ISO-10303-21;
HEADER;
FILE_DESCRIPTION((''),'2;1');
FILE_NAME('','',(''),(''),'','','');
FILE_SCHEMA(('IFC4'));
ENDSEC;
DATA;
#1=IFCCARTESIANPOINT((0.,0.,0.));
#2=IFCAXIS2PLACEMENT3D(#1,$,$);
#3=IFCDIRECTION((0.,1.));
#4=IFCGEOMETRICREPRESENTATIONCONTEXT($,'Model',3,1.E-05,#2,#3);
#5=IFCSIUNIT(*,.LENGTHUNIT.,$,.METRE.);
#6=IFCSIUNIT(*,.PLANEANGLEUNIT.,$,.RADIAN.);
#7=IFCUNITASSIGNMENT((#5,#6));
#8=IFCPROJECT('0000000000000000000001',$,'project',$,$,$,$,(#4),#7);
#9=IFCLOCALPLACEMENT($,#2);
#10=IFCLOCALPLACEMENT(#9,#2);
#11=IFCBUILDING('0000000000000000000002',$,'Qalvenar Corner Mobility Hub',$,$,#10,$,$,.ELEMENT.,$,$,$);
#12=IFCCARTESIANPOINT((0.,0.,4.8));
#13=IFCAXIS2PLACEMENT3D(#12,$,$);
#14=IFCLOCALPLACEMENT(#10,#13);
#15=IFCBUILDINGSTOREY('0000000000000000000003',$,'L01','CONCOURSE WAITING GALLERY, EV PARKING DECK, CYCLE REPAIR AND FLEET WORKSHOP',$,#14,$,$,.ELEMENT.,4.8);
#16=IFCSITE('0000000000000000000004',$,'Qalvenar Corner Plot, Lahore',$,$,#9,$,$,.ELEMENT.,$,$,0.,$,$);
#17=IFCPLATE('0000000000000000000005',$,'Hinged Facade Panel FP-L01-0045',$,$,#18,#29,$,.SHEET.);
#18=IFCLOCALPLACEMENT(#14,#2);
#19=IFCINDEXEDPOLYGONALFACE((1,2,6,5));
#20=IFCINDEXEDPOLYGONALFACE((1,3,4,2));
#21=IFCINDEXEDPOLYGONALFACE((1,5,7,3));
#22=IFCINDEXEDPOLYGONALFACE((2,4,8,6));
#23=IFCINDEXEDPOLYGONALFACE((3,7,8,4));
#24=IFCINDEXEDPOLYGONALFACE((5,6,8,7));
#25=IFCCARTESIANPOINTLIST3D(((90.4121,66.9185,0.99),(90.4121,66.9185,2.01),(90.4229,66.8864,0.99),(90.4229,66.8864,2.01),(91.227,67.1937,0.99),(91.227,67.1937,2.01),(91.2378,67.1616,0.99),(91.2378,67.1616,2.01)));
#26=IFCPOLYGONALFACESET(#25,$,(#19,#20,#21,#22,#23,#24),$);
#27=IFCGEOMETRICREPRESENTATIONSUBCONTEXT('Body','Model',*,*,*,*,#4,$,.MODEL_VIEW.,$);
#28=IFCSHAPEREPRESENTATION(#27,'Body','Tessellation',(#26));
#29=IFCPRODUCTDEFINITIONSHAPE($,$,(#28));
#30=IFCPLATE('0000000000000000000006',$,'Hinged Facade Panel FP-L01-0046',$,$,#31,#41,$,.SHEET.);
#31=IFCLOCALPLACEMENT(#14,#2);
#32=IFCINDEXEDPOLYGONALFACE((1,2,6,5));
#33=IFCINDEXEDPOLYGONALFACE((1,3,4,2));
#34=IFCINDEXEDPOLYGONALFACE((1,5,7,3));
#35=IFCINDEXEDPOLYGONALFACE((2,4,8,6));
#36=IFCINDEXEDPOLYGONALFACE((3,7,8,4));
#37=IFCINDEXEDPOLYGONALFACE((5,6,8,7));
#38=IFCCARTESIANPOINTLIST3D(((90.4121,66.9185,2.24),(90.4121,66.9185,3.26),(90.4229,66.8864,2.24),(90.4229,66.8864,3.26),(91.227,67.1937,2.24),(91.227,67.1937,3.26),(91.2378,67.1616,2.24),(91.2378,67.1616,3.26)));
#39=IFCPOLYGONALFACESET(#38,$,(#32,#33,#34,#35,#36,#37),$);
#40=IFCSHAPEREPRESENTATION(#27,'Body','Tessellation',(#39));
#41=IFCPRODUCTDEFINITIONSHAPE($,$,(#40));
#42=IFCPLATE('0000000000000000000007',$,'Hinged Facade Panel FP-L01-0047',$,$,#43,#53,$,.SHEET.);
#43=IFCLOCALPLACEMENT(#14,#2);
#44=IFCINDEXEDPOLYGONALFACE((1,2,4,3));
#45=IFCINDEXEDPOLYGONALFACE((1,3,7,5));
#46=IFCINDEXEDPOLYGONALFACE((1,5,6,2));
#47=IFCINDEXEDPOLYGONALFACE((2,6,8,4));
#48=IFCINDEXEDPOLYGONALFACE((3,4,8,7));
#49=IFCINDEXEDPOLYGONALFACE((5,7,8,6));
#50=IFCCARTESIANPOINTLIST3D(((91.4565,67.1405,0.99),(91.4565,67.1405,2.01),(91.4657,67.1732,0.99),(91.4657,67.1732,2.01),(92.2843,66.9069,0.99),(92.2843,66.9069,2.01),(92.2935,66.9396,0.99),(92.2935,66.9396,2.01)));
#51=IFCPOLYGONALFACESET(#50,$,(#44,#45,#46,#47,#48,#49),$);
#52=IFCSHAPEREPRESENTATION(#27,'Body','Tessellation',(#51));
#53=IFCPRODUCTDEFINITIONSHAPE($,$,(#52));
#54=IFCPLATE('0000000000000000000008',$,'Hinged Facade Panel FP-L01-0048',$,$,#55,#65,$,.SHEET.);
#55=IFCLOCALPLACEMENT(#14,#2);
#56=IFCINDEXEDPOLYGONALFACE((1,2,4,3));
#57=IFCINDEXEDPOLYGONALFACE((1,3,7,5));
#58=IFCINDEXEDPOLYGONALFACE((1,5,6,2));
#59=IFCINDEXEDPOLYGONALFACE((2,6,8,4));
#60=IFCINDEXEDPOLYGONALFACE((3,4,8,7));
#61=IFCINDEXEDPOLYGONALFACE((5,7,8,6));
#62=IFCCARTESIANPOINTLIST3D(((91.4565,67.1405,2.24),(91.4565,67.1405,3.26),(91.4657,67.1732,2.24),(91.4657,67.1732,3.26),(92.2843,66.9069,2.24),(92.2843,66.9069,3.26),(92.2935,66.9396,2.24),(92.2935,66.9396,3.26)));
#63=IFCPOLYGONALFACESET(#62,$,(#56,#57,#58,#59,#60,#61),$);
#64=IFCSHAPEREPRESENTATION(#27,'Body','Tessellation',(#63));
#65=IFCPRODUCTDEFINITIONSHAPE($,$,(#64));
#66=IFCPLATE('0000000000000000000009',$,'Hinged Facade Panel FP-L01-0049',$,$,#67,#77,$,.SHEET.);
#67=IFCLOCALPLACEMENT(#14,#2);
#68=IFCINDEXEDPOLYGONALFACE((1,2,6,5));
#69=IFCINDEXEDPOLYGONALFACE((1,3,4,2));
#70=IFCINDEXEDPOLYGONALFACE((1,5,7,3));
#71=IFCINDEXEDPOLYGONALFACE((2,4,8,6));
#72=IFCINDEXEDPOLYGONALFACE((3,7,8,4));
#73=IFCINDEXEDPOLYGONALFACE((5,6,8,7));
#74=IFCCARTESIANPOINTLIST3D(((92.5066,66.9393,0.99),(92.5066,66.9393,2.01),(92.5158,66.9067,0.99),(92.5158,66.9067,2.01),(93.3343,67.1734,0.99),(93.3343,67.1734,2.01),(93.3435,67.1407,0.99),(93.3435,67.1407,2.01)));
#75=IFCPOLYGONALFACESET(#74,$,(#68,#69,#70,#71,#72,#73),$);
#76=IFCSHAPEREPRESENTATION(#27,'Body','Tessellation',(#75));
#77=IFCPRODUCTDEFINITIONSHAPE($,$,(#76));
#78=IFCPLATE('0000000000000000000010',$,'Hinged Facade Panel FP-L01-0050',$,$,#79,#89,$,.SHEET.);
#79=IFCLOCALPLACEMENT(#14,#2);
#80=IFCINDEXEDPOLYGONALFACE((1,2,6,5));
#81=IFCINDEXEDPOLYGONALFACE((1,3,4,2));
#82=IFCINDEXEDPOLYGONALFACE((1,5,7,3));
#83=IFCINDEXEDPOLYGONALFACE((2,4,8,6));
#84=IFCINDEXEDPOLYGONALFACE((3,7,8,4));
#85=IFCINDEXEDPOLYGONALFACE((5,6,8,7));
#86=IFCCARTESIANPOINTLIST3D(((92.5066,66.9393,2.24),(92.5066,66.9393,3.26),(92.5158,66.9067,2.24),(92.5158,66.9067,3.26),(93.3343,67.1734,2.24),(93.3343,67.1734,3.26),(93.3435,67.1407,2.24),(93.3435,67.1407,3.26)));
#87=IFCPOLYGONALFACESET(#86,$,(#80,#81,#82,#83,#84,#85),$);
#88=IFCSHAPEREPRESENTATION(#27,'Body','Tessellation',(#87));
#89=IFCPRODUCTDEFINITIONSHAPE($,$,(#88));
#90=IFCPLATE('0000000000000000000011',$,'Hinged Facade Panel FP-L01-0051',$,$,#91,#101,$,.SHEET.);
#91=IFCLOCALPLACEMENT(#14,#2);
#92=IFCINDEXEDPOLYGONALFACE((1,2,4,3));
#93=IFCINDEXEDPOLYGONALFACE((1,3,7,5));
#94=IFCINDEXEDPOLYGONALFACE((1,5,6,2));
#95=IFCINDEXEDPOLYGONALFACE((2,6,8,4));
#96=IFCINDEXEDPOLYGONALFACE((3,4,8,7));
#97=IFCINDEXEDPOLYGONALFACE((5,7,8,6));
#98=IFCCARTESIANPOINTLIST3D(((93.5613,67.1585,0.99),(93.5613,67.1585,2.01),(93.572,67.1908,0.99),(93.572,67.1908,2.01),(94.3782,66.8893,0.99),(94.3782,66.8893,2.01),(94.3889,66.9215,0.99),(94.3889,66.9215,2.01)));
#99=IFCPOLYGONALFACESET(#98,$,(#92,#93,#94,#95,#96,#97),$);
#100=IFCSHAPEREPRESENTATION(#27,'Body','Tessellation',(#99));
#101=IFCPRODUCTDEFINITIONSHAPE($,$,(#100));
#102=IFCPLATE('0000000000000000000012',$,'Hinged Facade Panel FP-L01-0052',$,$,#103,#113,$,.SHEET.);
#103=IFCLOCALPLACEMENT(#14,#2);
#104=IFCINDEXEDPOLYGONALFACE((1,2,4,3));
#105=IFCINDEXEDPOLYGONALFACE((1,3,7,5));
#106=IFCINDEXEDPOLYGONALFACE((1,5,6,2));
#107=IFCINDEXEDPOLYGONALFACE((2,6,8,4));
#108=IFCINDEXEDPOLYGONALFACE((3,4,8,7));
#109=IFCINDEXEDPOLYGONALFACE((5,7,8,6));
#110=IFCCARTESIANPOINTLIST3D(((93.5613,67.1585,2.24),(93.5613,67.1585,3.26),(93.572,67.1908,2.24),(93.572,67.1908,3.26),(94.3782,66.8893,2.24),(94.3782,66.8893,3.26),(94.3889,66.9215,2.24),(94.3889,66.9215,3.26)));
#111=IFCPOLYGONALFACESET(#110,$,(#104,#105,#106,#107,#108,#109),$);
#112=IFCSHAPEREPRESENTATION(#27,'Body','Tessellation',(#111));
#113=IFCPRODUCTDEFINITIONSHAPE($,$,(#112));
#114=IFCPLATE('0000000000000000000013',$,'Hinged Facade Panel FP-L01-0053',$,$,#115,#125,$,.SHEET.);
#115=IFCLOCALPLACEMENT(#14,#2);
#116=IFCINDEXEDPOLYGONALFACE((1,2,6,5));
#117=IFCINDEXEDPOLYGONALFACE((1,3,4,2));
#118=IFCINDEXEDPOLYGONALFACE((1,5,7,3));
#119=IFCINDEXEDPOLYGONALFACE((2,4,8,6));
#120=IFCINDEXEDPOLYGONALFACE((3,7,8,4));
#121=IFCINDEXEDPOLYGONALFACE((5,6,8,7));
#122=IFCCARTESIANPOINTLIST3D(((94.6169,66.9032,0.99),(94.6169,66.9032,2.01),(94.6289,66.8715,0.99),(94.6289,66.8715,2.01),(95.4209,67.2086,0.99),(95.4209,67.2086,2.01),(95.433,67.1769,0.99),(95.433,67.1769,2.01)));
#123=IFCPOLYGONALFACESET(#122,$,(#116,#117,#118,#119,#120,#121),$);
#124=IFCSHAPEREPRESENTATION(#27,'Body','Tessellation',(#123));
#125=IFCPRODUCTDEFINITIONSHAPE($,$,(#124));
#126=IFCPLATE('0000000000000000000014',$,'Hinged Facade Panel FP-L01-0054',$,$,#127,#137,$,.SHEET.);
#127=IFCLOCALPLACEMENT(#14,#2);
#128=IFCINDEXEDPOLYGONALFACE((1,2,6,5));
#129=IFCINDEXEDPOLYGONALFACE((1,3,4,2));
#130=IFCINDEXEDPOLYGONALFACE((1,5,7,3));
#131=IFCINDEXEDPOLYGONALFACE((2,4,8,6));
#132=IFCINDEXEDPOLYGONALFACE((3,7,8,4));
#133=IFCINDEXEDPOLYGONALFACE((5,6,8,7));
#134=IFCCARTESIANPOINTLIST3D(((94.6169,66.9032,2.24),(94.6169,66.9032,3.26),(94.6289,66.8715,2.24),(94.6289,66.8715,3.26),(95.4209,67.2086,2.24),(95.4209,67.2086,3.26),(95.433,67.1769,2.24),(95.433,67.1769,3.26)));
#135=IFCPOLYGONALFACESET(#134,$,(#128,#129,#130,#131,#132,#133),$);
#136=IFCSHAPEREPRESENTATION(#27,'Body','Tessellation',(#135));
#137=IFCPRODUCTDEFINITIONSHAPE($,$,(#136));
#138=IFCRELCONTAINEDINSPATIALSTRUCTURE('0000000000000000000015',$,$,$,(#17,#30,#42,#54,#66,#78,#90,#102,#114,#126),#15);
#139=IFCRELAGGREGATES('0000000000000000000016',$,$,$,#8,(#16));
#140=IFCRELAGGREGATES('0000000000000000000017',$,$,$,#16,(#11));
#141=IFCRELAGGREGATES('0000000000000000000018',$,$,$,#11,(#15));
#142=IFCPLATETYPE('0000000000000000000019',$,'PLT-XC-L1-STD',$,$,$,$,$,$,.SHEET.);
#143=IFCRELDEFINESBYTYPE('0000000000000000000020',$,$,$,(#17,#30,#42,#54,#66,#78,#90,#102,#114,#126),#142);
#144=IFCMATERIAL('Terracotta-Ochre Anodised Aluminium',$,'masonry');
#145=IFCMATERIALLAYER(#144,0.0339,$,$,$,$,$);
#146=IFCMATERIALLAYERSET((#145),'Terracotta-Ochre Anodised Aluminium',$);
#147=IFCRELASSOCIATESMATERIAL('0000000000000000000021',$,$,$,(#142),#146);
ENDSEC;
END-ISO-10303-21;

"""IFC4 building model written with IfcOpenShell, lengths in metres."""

from ifc_helpers import new_model, si_unit, direction, frame, origin, origin_2d, place, context, subcontext, project, spatial, rectangle, extrude, material, layer, layer_set, type_object, element, save


model = new_model("IFC4")

# Units and contexts
model_context = context("Model", 3, precision=1e-05, world=origin(), true_north=direction((0.0, 1.0)))
body_context = subcontext(model_context, "Body", "Model", "MODEL_VIEW")
ifc_project = project(units=[si_unit("LENGTHUNIT", "METRE"), si_unit("PLANEANGLEUNIT", "RADIAN")], contexts=[model_context])

# Site, building, storey
site_placement = place(None, origin())
site = spatial("IfcSite", under=ifc_project, at=site_placement, Name="Qalvenar Corner Plot, Lahore", CompositionType="ELEMENT", RefElevation=0.0)
building_placement = place(site_placement, origin())
building = spatial("IfcBuilding", under=site, at=building_placement, Name="Qalvenar Corner Mobility Hub", CompositionType="ELEMENT")
storey_placement = place(building_placement, frame((0.0, 0.0, 4.8)))
storey = spatial("IfcBuildingStorey", under=building, at=storey_placement, Name="L01", Description="CONCOURSE WAITING GALLERY, EV PARKING DECK, CYCLE REPAIR AND FLEET WORKSHOP", CompositionType="ELEMENT", Elevation=4.8)

# Plates
ifc_material = material(Name="Terracotta-Ochre Anodised Aluminium", Category="masonry")
ifc_layer = layer(ifc_material, 0.0339)
ifc_layer_set = layer_set([ifc_layer], Name="Terracotta-Ochre Anodised Aluminium")
plate_type = type_object("IfcPlateType", Name="PLT-XC-L1-STD", PredefinedType="SHEET", material=ifc_layer_set)
for number, where, z_axis, x_axis, name in (
    (1, (90.825, 67.04, 0.99), (0.0, 0.0, 1.0), (0.947434, 0.319952, 0.0), "Hinged Facade Panel FP-L01-0045"),
    (2, (90.825, 67.04, 2.24), (0.0, 0.0, 1.0), (0.947434, 0.319952, 0.0), "Hinged Facade Panel FP-L01-0046"),
    (3, (91.875, 67.04, 0.99), (0.0, 0.0, 1.0), (0.962408, -0.271608, 0.0), "Hinged Facade Panel FP-L01-0047"),
    (4, (91.875, 67.04, 2.24), (0.0, 0.0, 1.0), (0.962408, -0.271608, 0.0), "Hinged Facade Panel FP-L01-0048"),
    (5, (92.925, 67.04, 0.99), (0.0, 0.0, 1.0), (0.962266, 0.272112, 0.0), "Hinged Facade Panel FP-L01-0049"),
    (6, (92.925, 67.04, 2.24), (0.0, 0.0, 1.0), (0.962266, 0.272112, 0.0), "Hinged Facade Panel FP-L01-0050"),
    (7, (93.9751, 67.04, 0.99), (0.0, 0.0, 1.0), (0.949754, -0.312998, 0.0), "Hinged Facade Panel FP-L01-0051"),
    (8, (93.9751, 67.04, 2.24), (0.0, 0.0, 1.0), (0.949754, -0.312998, 0.0), "Hinged Facade Panel FP-L01-0052"),
    (9, (95.0249, 67.04, 0.99), (0.0, 0.0, 1.0), (0.934826, 0.355107, 0.0), "Hinged Facade Panel FP-L01-0053"),
    (10, (95.0249, 67.04, 2.24), (0.0, 0.0, 1.0), (0.934826, 0.355107, 0.0), "Hinged Facade Panel FP-L01-0054"),
):
    element("IfcPlate", number, at=place(storey_placement, frame(where, z_axis=z_axis, x_axis=x_axis)), inside=storey, type_object=plate_type, Name=name, PredefinedType="SHEET", context=body_context, shape_type="SweptSolid", body=[
        extrude(rectangle(XDim=0.8601, YDim=0.0339, at=origin_2d()), origin(), (0.0, 0.0, 1.0), 1.02),
    ])

save(model, "model.ifc")
